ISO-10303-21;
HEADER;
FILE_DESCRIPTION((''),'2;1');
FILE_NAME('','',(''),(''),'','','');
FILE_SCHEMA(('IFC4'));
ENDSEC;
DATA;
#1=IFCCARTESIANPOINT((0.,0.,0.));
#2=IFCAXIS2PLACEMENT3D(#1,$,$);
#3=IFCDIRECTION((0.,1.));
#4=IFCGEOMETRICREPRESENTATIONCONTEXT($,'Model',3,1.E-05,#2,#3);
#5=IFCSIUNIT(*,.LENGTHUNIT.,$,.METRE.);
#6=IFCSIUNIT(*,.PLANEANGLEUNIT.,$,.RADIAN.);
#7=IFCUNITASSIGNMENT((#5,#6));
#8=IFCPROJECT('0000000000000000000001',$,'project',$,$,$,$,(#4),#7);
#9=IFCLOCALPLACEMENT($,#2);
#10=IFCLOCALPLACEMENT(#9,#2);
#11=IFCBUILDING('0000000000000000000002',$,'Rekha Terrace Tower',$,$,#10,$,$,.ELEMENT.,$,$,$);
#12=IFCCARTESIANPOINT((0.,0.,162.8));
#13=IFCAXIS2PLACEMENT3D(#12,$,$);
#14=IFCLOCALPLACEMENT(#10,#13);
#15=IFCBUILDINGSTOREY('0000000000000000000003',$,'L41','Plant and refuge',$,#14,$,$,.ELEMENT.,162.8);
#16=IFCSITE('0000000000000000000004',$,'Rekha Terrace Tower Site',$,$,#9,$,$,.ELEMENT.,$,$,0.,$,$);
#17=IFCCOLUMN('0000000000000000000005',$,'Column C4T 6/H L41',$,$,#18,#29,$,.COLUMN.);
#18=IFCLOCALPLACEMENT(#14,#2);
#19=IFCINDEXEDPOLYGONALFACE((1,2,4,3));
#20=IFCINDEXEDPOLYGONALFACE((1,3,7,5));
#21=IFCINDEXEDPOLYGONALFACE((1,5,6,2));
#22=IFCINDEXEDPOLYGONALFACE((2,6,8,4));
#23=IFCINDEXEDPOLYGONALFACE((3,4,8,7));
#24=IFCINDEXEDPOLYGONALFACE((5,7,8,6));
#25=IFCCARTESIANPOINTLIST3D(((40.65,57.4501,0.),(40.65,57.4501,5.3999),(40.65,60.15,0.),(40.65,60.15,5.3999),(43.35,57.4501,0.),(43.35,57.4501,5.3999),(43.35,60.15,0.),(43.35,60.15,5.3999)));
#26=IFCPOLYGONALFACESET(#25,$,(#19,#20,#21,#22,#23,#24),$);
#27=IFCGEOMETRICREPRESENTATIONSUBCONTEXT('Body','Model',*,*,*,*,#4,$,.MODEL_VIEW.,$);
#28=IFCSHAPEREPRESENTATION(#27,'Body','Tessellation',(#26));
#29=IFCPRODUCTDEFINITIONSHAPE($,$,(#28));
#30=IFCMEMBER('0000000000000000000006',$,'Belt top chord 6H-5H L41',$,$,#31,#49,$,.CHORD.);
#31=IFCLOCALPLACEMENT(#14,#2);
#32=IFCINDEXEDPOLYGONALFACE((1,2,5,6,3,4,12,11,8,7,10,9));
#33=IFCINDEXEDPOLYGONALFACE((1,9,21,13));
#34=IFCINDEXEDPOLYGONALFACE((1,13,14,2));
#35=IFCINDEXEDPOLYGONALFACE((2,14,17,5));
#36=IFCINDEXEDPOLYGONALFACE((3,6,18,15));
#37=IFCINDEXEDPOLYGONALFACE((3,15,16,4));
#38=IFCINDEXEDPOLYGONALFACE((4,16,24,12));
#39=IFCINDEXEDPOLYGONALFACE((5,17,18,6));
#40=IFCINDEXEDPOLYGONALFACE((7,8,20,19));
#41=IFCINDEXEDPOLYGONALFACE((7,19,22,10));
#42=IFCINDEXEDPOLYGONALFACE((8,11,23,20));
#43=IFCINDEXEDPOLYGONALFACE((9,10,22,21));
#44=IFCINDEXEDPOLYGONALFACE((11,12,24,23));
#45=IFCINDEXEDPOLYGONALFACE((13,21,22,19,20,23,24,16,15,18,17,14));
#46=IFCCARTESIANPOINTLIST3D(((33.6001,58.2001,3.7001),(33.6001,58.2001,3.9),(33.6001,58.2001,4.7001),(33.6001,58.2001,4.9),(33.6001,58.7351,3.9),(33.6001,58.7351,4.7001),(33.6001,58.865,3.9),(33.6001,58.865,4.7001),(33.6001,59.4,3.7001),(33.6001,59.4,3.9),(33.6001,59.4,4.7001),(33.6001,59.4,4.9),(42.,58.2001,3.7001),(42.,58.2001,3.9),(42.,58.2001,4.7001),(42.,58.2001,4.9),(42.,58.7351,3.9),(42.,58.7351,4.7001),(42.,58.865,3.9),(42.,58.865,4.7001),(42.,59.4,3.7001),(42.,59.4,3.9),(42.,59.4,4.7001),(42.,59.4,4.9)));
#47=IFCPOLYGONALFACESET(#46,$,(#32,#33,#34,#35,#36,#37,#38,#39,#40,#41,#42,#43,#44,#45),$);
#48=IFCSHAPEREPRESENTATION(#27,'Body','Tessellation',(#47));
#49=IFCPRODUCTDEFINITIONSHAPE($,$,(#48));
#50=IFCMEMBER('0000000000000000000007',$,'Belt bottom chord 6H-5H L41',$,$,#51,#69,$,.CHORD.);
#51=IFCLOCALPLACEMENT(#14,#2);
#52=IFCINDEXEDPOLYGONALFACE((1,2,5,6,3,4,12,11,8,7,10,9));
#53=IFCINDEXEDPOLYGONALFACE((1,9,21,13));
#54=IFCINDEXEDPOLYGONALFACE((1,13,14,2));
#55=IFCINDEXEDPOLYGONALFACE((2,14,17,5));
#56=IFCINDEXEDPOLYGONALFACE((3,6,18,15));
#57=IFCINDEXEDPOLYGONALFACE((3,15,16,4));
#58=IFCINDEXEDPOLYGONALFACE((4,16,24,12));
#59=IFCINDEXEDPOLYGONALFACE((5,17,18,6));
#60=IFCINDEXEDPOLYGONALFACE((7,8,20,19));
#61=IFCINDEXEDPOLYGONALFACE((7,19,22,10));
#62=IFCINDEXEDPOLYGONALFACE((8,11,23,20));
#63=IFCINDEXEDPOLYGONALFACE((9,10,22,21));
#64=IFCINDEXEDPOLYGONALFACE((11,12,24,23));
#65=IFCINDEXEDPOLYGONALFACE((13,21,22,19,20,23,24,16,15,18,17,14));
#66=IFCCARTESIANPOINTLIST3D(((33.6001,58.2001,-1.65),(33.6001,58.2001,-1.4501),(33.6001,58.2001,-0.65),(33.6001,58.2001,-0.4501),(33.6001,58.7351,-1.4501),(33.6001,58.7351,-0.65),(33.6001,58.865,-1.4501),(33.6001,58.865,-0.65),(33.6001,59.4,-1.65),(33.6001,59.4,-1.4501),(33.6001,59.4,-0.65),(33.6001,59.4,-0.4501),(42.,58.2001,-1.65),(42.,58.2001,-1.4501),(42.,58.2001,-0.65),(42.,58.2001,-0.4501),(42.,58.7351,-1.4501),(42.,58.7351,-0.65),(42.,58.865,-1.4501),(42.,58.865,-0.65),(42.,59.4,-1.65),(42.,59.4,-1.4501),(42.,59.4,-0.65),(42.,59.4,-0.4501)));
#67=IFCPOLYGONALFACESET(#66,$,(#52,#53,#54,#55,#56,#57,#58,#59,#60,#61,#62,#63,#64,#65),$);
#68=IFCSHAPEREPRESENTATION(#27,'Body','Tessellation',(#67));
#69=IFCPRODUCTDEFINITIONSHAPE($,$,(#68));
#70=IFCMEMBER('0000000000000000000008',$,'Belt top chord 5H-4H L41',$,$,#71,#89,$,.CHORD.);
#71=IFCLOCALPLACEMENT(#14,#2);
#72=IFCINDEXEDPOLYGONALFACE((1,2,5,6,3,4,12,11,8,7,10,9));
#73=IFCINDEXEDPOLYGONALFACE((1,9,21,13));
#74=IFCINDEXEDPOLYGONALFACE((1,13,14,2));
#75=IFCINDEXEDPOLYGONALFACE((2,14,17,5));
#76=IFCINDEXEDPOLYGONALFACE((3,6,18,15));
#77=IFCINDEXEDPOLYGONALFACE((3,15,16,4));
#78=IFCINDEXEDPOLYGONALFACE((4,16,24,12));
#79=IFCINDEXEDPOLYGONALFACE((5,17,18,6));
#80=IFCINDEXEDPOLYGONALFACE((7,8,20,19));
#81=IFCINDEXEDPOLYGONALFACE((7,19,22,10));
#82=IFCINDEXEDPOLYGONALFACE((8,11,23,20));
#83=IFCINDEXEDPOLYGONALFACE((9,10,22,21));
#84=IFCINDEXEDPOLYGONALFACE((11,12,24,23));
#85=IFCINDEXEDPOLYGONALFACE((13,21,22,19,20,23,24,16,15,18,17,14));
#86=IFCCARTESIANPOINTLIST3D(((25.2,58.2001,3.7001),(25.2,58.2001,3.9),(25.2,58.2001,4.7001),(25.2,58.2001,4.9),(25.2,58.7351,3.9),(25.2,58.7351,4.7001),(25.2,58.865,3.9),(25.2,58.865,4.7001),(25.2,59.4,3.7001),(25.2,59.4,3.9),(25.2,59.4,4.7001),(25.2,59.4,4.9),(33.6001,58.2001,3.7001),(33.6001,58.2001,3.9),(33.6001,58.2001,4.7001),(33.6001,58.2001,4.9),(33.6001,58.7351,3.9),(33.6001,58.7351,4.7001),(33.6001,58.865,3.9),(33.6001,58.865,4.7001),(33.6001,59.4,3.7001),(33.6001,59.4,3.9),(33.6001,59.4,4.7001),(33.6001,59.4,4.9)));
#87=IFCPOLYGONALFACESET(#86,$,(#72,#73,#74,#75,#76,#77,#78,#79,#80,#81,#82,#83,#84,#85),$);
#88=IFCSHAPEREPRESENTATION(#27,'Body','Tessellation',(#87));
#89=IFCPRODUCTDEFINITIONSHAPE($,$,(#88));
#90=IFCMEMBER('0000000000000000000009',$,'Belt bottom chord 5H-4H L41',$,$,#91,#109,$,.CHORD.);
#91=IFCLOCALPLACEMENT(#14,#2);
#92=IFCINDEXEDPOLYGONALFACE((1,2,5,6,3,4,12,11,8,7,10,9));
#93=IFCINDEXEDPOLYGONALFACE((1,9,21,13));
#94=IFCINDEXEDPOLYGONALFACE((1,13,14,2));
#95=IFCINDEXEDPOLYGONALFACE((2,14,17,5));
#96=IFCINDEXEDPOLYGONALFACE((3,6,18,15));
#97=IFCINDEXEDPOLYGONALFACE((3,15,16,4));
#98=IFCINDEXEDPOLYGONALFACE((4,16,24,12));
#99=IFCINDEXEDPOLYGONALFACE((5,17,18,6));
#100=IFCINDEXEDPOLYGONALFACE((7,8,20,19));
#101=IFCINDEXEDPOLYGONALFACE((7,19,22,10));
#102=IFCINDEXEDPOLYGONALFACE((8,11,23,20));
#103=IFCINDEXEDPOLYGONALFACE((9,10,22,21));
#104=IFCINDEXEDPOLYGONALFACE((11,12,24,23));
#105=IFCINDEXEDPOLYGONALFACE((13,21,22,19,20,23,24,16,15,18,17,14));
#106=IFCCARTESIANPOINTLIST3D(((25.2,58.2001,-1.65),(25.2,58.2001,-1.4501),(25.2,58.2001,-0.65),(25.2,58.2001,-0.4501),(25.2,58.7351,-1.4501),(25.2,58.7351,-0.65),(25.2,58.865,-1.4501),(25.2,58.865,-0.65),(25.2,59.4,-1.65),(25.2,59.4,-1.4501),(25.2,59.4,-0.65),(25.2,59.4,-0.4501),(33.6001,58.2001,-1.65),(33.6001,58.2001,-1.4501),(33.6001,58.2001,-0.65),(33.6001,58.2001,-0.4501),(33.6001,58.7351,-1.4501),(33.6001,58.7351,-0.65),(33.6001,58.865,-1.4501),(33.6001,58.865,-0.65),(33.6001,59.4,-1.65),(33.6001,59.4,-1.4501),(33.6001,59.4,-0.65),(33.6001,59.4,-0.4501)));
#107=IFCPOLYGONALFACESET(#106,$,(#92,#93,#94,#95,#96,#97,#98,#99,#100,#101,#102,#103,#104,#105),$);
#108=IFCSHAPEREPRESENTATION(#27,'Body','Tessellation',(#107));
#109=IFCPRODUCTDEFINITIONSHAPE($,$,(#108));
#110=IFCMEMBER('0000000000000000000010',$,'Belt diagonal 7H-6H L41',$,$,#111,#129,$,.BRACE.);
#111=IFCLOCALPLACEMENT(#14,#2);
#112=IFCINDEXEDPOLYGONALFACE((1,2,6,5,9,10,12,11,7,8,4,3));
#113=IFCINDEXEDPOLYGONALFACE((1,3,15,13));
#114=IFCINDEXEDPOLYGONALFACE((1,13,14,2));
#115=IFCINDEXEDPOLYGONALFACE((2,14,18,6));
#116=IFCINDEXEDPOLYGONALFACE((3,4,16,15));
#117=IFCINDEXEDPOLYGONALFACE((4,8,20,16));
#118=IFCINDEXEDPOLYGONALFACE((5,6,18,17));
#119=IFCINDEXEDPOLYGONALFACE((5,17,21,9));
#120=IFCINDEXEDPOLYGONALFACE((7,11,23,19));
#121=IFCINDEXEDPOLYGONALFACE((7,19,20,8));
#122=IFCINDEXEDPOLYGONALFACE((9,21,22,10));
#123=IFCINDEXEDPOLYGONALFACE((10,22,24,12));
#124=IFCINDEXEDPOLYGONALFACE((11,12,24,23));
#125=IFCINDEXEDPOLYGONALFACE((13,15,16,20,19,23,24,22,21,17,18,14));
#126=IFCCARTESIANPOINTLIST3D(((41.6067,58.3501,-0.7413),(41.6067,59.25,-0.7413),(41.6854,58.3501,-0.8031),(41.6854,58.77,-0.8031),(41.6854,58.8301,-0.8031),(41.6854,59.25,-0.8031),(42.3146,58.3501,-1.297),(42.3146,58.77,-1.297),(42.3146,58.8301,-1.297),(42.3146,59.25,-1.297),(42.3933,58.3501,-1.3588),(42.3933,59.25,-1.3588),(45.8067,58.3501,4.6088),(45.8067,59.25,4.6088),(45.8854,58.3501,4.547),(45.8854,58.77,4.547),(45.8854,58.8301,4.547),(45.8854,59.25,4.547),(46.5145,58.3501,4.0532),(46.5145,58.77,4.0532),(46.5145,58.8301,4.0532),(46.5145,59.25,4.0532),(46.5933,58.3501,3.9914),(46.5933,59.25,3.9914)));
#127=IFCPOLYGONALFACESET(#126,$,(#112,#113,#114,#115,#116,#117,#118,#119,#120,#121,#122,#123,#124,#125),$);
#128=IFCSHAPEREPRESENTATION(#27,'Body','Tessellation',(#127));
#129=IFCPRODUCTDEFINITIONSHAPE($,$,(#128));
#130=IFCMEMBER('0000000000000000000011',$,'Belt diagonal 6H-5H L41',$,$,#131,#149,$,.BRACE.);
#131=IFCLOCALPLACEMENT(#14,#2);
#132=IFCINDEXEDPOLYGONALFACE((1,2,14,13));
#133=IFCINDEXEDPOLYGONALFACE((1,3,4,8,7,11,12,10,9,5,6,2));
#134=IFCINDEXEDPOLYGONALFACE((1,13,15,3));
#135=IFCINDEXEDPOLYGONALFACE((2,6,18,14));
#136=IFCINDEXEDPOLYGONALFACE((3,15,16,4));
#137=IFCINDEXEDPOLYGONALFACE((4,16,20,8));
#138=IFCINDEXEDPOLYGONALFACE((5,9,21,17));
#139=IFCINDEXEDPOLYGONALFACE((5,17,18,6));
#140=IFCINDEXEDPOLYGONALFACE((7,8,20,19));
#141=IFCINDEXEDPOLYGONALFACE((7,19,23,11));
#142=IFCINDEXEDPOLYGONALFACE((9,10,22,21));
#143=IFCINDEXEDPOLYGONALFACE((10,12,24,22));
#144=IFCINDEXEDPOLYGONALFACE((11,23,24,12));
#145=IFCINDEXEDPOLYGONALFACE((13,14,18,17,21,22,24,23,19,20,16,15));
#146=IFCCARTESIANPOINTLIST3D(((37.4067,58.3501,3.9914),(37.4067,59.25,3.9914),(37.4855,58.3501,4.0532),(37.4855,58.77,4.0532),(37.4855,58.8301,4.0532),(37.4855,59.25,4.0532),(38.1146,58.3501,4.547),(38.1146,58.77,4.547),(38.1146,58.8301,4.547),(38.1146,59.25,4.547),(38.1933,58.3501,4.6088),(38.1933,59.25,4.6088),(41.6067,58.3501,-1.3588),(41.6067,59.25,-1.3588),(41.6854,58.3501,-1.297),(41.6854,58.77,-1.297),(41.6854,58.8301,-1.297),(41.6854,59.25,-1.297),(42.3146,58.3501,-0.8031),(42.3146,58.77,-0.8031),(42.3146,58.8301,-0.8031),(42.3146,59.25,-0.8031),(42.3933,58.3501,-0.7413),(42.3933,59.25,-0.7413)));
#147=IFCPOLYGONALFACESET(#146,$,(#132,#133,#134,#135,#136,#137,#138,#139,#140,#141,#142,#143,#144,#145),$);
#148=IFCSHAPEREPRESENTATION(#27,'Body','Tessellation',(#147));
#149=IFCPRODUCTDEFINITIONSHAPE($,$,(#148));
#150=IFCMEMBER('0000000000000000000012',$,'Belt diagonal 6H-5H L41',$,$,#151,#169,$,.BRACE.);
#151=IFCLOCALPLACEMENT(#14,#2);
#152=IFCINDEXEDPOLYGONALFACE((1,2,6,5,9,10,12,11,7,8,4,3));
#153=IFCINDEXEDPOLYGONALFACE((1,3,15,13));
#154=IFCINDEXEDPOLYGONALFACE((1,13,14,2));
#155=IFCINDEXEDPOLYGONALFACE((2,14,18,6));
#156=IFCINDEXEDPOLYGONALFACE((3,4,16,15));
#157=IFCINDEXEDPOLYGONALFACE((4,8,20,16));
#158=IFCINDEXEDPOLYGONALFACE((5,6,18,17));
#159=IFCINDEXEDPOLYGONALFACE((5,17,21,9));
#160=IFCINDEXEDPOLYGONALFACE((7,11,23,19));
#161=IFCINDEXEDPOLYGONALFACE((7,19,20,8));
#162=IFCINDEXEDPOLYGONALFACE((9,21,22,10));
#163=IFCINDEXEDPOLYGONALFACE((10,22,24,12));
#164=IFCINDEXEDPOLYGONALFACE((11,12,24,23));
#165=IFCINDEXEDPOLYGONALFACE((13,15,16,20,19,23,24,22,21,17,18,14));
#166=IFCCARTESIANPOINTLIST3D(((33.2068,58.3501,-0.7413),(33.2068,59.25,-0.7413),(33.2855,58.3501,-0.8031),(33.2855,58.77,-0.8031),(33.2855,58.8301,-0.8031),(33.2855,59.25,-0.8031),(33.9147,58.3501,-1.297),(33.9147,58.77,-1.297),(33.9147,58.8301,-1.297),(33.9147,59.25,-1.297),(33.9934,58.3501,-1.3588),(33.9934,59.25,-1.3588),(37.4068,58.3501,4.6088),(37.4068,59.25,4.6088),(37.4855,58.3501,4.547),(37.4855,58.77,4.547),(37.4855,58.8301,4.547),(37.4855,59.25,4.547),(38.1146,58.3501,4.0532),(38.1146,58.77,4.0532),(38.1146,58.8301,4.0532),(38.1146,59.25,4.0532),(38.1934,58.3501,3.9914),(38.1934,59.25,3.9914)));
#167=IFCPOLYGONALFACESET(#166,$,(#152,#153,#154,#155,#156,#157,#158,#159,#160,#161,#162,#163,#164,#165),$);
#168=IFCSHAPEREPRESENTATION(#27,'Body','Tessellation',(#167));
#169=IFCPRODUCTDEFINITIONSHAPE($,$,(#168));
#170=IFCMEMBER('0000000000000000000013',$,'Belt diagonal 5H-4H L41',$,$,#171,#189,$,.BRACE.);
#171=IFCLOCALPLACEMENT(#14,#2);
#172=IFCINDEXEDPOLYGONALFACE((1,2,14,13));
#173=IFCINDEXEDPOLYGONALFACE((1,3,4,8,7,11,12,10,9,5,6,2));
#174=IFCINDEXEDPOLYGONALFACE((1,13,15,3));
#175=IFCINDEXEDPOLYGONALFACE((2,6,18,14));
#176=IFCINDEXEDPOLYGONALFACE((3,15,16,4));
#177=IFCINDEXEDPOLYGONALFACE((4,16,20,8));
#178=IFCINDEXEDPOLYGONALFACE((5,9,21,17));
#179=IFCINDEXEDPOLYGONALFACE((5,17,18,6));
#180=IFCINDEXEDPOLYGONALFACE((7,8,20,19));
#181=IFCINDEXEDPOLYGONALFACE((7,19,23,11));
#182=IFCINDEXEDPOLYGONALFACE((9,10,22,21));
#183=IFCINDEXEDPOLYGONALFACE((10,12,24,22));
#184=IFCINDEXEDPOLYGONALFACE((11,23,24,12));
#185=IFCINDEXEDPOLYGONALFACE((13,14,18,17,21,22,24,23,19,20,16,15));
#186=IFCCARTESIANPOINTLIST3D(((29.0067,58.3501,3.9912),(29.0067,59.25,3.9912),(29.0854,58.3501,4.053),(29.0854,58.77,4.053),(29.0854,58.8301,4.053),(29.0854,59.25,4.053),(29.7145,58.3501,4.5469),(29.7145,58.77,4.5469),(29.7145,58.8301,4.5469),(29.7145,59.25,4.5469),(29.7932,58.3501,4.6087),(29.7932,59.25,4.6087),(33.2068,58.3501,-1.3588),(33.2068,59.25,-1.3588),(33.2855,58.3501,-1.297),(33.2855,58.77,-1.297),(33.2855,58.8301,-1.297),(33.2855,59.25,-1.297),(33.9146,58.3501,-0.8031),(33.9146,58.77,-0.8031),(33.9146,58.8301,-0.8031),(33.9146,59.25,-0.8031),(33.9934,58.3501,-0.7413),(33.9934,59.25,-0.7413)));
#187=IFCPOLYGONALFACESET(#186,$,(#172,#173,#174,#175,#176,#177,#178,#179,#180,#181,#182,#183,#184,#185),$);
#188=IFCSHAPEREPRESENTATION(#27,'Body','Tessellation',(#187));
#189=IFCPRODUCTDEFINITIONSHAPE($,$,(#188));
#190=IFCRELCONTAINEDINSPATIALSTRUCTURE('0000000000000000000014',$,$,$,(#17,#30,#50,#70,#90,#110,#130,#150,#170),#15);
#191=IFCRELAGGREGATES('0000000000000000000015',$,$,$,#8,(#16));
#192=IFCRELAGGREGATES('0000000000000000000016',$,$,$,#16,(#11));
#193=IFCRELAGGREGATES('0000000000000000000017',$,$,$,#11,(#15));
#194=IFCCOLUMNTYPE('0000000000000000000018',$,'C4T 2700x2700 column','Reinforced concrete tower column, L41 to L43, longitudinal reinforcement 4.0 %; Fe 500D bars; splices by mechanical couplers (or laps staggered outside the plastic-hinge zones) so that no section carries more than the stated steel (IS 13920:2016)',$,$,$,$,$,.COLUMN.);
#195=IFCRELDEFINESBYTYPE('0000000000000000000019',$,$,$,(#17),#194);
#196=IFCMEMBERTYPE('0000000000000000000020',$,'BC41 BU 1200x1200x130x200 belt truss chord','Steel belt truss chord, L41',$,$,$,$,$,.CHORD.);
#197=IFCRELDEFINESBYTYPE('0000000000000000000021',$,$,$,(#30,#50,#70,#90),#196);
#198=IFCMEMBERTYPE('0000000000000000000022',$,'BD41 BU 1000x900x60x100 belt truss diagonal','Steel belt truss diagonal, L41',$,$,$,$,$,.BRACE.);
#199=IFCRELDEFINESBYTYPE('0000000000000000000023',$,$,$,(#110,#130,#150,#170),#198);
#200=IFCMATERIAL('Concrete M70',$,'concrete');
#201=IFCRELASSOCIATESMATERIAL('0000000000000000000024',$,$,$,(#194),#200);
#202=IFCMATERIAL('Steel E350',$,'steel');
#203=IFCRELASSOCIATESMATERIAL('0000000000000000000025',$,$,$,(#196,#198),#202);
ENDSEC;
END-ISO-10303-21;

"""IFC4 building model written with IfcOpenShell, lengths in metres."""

from ifc_helpers import new_model, si_unit, direction, frame, origin, origin_2d, place, context, subcontext, project, spatial, rectangle, i_section, extrude, material, material_profile, profile_set, type_object, element, save


model = new_model("IFC4")

# Units and contexts
model_context = context("Model", 3, precision=1e-05, world=origin(), true_north=direction((0.0, 1.0)))
body_context = subcontext(model_context, "Body", "Model", "MODEL_VIEW")
ifc_project = project(units=[si_unit("LENGTHUNIT", "METRE"), si_unit("PLANEANGLEUNIT", "RADIAN")], contexts=[model_context])

# Site, building, storey
site_placement = place(None, origin())
site = spatial("IfcSite", under=ifc_project, at=site_placement, Name="Rekha Terrace Tower Site", CompositionType="ELEMENT", RefElevation=0.0)
building_placement = place(site_placement, origin())
building = spatial("IfcBuilding", under=site, at=building_placement, Name="Rekha Terrace Tower", CompositionType="ELEMENT")
storey_placement = place(building_placement, frame((0.0, 0.0, 162.8)))
storey = spatial("IfcBuildingStorey", under=building, at=storey_placement, Name="L41", Description="Plant and refuge", CompositionType="ELEMENT", Elevation=162.8)

# Column
ifc_material_1 = material(Name="Concrete M70", Category="concrete")
ifc_material_profile_1 = material_profile(ifc_material_1, rectangle(XDim=2.7, YDim=2.7, at=origin_2d()), Name="RC 2700x2700")
ifc_profile_set_1 = profile_set([ifc_material_profile_1], Name="Concrete M70")
column_type = type_object("IfcColumnType", Name="C4T 2700x2700 column", Description="Reinforced concrete tower column, L41 to L43, longitudinal reinforcement 4.0 %; Fe 500D bars; splices by mechanical couplers (or laps staggered outside the plastic-hinge zones) so that no section carries more than the stated steel (IS 13920:2016)", PredefinedType="COLUMN", material=ifc_profile_set_1)
column_placement = place(storey_placement, frame((42.0, 58.8, 0.0), z_axis=(0.0, 0.0, 1.0), x_axis=(1.0, 0.0, 0.0)))
element("IfcColumn", 1, at=column_placement, inside=storey, type_object=column_type, Name="Column C4T 6/H L41", PredefinedType="COLUMN", context=body_context, shape_type="SweptSolid", body=[
    extrude(rectangle(XDim=2.7, YDim=2.7, at=origin_2d()), origin(), (0.0, 0.0, 1.0), 5.3999),
])

# Members
ifc_material_2 = material(Name="Steel E350", Category="steel")
ifc_material_profile_2 = material_profile(ifc_material_2, i_section(OverallWidth=1.2, OverallDepth=1.2, WebThickness=0.1299, FlangeThickness=0.2, at=origin_2d()), Name="BU 1200x1200x130x200")
ifc_profile_set_2 = profile_set([ifc_material_profile_2], Name="Steel E350")
member_type_1 = type_object("IfcMemberType", Name="BC41 BU 1200x1200x130x200 belt truss chord", Description="Steel belt truss chord, L41", PredefinedType="CHORD", material=ifc_profile_set_2)
for number, where, z_axis, x_axis, name in (
    (2, (42.0, 58.8, 4.3), (-1.0, 0.0, 0.0), (0.0, -1.0, 0.0), "Belt top chord 6H-5H L41"),
    (3, (42.0, 58.8, -1.05), (-1.0, 0.0, 0.0), (0.0, -1.0, 0.0), "Belt bottom chord 6H-5H L41"),
):
    element("IfcMember", number, at=place(storey_placement, frame(where, z_axis=z_axis, x_axis=x_axis)), inside=storey, type_object=member_type_1, Name=name, PredefinedType="CHORD", context=body_context, shape_type="SweptSolid", body=[
        extrude(i_section(OverallWidth=1.2, OverallDepth=1.2, WebThickness=0.1299, FlangeThickness=0.2, at=origin_2d()), origin(), (0.0, 0.0, 1.0), 8.3999),
    ])
for number, where, z_axis, x_axis, name in (
    (4, (33.6001, 58.8, 4.3), (-1.0, 0.0, 0.0), (0.0, -1.0, 0.0), "Belt top chord 5H-4H L41"),
    (5, (33.6001, 58.8, -1.05), (-1.0, 0.0, 0.0), (0.0, -1.0, 0.0), "Belt bottom chord 5H-4H L41"),
):
    element("IfcMember", number, at=place(storey_placement, frame(where, z_axis=z_axis, x_axis=x_axis)), inside=storey, type_object=member_type_1, Name=name, PredefinedType="CHORD", context=body_context, shape_type="SweptSolid", body=[
        extrude(i_section(OverallWidth=1.2, OverallDepth=1.2, WebThickness=0.1299, FlangeThickness=0.2, at=origin_2d()), origin(), (0.0, 0.0, 1.0), 8.4001),
    ])
ifc_material_profile_3 = material_profile(ifc_material_2, i_section(OverallWidth=0.8999, OverallDepth=1.0, WebThickness=0.0601, FlangeThickness=0.1001, at=origin_2d()), Name="BU 1000x900x60x100")
ifc_profile_set_3 = profile_set([ifc_material_profile_3], Name="Steel E350")
member_type_2 = type_object("IfcMemberType", Name="BD41 BU 1000x900x60x100 belt truss diagonal", Description="Steel belt truss diagonal, L41", PredefinedType="BRACE", material=ifc_profile_set_3)
for number, where, z_axis, x_axis, name in (
    (6, (42.0, 58.8, -1.05), (0.617485, 0.0, 0.786582), (0.0, 1.0, 0.0), "Belt diagonal 7H-6H L41"),
    (7, (42.0, 58.8, -1.05), (-0.617485, 0.0, 0.786582), (0.0, -1.0, 0.0), "Belt diagonal 6H-5H L41"),
    (8, (33.6001, 58.8, -1.05), (0.617485, 0.0, 0.786582), (0.0, 1.0, 0.0), "Belt diagonal 6H-5H L41"),
    (9, (33.6001, 58.8, -1.05), (-0.617508, 0.0, 0.786565), (0.0, -1.0, 0.0), "Belt diagonal 5H-4H L41"),
):
    element("IfcMember", number, at=place(storey_placement, frame(where, z_axis=z_axis, x_axis=x_axis)), inside=storey, type_object=member_type_2, Name=name, PredefinedType="BRACE", context=body_context, shape_type="SweptSolid", body=[
        extrude(i_section(OverallWidth=0.8999, OverallDepth=1.0, WebThickness=0.0601, FlangeThickness=0.1001, at=origin_2d()), origin(), (0.0, 0.0, 1.0), 6.8018),
    ])

save(model, "model.ifc")
